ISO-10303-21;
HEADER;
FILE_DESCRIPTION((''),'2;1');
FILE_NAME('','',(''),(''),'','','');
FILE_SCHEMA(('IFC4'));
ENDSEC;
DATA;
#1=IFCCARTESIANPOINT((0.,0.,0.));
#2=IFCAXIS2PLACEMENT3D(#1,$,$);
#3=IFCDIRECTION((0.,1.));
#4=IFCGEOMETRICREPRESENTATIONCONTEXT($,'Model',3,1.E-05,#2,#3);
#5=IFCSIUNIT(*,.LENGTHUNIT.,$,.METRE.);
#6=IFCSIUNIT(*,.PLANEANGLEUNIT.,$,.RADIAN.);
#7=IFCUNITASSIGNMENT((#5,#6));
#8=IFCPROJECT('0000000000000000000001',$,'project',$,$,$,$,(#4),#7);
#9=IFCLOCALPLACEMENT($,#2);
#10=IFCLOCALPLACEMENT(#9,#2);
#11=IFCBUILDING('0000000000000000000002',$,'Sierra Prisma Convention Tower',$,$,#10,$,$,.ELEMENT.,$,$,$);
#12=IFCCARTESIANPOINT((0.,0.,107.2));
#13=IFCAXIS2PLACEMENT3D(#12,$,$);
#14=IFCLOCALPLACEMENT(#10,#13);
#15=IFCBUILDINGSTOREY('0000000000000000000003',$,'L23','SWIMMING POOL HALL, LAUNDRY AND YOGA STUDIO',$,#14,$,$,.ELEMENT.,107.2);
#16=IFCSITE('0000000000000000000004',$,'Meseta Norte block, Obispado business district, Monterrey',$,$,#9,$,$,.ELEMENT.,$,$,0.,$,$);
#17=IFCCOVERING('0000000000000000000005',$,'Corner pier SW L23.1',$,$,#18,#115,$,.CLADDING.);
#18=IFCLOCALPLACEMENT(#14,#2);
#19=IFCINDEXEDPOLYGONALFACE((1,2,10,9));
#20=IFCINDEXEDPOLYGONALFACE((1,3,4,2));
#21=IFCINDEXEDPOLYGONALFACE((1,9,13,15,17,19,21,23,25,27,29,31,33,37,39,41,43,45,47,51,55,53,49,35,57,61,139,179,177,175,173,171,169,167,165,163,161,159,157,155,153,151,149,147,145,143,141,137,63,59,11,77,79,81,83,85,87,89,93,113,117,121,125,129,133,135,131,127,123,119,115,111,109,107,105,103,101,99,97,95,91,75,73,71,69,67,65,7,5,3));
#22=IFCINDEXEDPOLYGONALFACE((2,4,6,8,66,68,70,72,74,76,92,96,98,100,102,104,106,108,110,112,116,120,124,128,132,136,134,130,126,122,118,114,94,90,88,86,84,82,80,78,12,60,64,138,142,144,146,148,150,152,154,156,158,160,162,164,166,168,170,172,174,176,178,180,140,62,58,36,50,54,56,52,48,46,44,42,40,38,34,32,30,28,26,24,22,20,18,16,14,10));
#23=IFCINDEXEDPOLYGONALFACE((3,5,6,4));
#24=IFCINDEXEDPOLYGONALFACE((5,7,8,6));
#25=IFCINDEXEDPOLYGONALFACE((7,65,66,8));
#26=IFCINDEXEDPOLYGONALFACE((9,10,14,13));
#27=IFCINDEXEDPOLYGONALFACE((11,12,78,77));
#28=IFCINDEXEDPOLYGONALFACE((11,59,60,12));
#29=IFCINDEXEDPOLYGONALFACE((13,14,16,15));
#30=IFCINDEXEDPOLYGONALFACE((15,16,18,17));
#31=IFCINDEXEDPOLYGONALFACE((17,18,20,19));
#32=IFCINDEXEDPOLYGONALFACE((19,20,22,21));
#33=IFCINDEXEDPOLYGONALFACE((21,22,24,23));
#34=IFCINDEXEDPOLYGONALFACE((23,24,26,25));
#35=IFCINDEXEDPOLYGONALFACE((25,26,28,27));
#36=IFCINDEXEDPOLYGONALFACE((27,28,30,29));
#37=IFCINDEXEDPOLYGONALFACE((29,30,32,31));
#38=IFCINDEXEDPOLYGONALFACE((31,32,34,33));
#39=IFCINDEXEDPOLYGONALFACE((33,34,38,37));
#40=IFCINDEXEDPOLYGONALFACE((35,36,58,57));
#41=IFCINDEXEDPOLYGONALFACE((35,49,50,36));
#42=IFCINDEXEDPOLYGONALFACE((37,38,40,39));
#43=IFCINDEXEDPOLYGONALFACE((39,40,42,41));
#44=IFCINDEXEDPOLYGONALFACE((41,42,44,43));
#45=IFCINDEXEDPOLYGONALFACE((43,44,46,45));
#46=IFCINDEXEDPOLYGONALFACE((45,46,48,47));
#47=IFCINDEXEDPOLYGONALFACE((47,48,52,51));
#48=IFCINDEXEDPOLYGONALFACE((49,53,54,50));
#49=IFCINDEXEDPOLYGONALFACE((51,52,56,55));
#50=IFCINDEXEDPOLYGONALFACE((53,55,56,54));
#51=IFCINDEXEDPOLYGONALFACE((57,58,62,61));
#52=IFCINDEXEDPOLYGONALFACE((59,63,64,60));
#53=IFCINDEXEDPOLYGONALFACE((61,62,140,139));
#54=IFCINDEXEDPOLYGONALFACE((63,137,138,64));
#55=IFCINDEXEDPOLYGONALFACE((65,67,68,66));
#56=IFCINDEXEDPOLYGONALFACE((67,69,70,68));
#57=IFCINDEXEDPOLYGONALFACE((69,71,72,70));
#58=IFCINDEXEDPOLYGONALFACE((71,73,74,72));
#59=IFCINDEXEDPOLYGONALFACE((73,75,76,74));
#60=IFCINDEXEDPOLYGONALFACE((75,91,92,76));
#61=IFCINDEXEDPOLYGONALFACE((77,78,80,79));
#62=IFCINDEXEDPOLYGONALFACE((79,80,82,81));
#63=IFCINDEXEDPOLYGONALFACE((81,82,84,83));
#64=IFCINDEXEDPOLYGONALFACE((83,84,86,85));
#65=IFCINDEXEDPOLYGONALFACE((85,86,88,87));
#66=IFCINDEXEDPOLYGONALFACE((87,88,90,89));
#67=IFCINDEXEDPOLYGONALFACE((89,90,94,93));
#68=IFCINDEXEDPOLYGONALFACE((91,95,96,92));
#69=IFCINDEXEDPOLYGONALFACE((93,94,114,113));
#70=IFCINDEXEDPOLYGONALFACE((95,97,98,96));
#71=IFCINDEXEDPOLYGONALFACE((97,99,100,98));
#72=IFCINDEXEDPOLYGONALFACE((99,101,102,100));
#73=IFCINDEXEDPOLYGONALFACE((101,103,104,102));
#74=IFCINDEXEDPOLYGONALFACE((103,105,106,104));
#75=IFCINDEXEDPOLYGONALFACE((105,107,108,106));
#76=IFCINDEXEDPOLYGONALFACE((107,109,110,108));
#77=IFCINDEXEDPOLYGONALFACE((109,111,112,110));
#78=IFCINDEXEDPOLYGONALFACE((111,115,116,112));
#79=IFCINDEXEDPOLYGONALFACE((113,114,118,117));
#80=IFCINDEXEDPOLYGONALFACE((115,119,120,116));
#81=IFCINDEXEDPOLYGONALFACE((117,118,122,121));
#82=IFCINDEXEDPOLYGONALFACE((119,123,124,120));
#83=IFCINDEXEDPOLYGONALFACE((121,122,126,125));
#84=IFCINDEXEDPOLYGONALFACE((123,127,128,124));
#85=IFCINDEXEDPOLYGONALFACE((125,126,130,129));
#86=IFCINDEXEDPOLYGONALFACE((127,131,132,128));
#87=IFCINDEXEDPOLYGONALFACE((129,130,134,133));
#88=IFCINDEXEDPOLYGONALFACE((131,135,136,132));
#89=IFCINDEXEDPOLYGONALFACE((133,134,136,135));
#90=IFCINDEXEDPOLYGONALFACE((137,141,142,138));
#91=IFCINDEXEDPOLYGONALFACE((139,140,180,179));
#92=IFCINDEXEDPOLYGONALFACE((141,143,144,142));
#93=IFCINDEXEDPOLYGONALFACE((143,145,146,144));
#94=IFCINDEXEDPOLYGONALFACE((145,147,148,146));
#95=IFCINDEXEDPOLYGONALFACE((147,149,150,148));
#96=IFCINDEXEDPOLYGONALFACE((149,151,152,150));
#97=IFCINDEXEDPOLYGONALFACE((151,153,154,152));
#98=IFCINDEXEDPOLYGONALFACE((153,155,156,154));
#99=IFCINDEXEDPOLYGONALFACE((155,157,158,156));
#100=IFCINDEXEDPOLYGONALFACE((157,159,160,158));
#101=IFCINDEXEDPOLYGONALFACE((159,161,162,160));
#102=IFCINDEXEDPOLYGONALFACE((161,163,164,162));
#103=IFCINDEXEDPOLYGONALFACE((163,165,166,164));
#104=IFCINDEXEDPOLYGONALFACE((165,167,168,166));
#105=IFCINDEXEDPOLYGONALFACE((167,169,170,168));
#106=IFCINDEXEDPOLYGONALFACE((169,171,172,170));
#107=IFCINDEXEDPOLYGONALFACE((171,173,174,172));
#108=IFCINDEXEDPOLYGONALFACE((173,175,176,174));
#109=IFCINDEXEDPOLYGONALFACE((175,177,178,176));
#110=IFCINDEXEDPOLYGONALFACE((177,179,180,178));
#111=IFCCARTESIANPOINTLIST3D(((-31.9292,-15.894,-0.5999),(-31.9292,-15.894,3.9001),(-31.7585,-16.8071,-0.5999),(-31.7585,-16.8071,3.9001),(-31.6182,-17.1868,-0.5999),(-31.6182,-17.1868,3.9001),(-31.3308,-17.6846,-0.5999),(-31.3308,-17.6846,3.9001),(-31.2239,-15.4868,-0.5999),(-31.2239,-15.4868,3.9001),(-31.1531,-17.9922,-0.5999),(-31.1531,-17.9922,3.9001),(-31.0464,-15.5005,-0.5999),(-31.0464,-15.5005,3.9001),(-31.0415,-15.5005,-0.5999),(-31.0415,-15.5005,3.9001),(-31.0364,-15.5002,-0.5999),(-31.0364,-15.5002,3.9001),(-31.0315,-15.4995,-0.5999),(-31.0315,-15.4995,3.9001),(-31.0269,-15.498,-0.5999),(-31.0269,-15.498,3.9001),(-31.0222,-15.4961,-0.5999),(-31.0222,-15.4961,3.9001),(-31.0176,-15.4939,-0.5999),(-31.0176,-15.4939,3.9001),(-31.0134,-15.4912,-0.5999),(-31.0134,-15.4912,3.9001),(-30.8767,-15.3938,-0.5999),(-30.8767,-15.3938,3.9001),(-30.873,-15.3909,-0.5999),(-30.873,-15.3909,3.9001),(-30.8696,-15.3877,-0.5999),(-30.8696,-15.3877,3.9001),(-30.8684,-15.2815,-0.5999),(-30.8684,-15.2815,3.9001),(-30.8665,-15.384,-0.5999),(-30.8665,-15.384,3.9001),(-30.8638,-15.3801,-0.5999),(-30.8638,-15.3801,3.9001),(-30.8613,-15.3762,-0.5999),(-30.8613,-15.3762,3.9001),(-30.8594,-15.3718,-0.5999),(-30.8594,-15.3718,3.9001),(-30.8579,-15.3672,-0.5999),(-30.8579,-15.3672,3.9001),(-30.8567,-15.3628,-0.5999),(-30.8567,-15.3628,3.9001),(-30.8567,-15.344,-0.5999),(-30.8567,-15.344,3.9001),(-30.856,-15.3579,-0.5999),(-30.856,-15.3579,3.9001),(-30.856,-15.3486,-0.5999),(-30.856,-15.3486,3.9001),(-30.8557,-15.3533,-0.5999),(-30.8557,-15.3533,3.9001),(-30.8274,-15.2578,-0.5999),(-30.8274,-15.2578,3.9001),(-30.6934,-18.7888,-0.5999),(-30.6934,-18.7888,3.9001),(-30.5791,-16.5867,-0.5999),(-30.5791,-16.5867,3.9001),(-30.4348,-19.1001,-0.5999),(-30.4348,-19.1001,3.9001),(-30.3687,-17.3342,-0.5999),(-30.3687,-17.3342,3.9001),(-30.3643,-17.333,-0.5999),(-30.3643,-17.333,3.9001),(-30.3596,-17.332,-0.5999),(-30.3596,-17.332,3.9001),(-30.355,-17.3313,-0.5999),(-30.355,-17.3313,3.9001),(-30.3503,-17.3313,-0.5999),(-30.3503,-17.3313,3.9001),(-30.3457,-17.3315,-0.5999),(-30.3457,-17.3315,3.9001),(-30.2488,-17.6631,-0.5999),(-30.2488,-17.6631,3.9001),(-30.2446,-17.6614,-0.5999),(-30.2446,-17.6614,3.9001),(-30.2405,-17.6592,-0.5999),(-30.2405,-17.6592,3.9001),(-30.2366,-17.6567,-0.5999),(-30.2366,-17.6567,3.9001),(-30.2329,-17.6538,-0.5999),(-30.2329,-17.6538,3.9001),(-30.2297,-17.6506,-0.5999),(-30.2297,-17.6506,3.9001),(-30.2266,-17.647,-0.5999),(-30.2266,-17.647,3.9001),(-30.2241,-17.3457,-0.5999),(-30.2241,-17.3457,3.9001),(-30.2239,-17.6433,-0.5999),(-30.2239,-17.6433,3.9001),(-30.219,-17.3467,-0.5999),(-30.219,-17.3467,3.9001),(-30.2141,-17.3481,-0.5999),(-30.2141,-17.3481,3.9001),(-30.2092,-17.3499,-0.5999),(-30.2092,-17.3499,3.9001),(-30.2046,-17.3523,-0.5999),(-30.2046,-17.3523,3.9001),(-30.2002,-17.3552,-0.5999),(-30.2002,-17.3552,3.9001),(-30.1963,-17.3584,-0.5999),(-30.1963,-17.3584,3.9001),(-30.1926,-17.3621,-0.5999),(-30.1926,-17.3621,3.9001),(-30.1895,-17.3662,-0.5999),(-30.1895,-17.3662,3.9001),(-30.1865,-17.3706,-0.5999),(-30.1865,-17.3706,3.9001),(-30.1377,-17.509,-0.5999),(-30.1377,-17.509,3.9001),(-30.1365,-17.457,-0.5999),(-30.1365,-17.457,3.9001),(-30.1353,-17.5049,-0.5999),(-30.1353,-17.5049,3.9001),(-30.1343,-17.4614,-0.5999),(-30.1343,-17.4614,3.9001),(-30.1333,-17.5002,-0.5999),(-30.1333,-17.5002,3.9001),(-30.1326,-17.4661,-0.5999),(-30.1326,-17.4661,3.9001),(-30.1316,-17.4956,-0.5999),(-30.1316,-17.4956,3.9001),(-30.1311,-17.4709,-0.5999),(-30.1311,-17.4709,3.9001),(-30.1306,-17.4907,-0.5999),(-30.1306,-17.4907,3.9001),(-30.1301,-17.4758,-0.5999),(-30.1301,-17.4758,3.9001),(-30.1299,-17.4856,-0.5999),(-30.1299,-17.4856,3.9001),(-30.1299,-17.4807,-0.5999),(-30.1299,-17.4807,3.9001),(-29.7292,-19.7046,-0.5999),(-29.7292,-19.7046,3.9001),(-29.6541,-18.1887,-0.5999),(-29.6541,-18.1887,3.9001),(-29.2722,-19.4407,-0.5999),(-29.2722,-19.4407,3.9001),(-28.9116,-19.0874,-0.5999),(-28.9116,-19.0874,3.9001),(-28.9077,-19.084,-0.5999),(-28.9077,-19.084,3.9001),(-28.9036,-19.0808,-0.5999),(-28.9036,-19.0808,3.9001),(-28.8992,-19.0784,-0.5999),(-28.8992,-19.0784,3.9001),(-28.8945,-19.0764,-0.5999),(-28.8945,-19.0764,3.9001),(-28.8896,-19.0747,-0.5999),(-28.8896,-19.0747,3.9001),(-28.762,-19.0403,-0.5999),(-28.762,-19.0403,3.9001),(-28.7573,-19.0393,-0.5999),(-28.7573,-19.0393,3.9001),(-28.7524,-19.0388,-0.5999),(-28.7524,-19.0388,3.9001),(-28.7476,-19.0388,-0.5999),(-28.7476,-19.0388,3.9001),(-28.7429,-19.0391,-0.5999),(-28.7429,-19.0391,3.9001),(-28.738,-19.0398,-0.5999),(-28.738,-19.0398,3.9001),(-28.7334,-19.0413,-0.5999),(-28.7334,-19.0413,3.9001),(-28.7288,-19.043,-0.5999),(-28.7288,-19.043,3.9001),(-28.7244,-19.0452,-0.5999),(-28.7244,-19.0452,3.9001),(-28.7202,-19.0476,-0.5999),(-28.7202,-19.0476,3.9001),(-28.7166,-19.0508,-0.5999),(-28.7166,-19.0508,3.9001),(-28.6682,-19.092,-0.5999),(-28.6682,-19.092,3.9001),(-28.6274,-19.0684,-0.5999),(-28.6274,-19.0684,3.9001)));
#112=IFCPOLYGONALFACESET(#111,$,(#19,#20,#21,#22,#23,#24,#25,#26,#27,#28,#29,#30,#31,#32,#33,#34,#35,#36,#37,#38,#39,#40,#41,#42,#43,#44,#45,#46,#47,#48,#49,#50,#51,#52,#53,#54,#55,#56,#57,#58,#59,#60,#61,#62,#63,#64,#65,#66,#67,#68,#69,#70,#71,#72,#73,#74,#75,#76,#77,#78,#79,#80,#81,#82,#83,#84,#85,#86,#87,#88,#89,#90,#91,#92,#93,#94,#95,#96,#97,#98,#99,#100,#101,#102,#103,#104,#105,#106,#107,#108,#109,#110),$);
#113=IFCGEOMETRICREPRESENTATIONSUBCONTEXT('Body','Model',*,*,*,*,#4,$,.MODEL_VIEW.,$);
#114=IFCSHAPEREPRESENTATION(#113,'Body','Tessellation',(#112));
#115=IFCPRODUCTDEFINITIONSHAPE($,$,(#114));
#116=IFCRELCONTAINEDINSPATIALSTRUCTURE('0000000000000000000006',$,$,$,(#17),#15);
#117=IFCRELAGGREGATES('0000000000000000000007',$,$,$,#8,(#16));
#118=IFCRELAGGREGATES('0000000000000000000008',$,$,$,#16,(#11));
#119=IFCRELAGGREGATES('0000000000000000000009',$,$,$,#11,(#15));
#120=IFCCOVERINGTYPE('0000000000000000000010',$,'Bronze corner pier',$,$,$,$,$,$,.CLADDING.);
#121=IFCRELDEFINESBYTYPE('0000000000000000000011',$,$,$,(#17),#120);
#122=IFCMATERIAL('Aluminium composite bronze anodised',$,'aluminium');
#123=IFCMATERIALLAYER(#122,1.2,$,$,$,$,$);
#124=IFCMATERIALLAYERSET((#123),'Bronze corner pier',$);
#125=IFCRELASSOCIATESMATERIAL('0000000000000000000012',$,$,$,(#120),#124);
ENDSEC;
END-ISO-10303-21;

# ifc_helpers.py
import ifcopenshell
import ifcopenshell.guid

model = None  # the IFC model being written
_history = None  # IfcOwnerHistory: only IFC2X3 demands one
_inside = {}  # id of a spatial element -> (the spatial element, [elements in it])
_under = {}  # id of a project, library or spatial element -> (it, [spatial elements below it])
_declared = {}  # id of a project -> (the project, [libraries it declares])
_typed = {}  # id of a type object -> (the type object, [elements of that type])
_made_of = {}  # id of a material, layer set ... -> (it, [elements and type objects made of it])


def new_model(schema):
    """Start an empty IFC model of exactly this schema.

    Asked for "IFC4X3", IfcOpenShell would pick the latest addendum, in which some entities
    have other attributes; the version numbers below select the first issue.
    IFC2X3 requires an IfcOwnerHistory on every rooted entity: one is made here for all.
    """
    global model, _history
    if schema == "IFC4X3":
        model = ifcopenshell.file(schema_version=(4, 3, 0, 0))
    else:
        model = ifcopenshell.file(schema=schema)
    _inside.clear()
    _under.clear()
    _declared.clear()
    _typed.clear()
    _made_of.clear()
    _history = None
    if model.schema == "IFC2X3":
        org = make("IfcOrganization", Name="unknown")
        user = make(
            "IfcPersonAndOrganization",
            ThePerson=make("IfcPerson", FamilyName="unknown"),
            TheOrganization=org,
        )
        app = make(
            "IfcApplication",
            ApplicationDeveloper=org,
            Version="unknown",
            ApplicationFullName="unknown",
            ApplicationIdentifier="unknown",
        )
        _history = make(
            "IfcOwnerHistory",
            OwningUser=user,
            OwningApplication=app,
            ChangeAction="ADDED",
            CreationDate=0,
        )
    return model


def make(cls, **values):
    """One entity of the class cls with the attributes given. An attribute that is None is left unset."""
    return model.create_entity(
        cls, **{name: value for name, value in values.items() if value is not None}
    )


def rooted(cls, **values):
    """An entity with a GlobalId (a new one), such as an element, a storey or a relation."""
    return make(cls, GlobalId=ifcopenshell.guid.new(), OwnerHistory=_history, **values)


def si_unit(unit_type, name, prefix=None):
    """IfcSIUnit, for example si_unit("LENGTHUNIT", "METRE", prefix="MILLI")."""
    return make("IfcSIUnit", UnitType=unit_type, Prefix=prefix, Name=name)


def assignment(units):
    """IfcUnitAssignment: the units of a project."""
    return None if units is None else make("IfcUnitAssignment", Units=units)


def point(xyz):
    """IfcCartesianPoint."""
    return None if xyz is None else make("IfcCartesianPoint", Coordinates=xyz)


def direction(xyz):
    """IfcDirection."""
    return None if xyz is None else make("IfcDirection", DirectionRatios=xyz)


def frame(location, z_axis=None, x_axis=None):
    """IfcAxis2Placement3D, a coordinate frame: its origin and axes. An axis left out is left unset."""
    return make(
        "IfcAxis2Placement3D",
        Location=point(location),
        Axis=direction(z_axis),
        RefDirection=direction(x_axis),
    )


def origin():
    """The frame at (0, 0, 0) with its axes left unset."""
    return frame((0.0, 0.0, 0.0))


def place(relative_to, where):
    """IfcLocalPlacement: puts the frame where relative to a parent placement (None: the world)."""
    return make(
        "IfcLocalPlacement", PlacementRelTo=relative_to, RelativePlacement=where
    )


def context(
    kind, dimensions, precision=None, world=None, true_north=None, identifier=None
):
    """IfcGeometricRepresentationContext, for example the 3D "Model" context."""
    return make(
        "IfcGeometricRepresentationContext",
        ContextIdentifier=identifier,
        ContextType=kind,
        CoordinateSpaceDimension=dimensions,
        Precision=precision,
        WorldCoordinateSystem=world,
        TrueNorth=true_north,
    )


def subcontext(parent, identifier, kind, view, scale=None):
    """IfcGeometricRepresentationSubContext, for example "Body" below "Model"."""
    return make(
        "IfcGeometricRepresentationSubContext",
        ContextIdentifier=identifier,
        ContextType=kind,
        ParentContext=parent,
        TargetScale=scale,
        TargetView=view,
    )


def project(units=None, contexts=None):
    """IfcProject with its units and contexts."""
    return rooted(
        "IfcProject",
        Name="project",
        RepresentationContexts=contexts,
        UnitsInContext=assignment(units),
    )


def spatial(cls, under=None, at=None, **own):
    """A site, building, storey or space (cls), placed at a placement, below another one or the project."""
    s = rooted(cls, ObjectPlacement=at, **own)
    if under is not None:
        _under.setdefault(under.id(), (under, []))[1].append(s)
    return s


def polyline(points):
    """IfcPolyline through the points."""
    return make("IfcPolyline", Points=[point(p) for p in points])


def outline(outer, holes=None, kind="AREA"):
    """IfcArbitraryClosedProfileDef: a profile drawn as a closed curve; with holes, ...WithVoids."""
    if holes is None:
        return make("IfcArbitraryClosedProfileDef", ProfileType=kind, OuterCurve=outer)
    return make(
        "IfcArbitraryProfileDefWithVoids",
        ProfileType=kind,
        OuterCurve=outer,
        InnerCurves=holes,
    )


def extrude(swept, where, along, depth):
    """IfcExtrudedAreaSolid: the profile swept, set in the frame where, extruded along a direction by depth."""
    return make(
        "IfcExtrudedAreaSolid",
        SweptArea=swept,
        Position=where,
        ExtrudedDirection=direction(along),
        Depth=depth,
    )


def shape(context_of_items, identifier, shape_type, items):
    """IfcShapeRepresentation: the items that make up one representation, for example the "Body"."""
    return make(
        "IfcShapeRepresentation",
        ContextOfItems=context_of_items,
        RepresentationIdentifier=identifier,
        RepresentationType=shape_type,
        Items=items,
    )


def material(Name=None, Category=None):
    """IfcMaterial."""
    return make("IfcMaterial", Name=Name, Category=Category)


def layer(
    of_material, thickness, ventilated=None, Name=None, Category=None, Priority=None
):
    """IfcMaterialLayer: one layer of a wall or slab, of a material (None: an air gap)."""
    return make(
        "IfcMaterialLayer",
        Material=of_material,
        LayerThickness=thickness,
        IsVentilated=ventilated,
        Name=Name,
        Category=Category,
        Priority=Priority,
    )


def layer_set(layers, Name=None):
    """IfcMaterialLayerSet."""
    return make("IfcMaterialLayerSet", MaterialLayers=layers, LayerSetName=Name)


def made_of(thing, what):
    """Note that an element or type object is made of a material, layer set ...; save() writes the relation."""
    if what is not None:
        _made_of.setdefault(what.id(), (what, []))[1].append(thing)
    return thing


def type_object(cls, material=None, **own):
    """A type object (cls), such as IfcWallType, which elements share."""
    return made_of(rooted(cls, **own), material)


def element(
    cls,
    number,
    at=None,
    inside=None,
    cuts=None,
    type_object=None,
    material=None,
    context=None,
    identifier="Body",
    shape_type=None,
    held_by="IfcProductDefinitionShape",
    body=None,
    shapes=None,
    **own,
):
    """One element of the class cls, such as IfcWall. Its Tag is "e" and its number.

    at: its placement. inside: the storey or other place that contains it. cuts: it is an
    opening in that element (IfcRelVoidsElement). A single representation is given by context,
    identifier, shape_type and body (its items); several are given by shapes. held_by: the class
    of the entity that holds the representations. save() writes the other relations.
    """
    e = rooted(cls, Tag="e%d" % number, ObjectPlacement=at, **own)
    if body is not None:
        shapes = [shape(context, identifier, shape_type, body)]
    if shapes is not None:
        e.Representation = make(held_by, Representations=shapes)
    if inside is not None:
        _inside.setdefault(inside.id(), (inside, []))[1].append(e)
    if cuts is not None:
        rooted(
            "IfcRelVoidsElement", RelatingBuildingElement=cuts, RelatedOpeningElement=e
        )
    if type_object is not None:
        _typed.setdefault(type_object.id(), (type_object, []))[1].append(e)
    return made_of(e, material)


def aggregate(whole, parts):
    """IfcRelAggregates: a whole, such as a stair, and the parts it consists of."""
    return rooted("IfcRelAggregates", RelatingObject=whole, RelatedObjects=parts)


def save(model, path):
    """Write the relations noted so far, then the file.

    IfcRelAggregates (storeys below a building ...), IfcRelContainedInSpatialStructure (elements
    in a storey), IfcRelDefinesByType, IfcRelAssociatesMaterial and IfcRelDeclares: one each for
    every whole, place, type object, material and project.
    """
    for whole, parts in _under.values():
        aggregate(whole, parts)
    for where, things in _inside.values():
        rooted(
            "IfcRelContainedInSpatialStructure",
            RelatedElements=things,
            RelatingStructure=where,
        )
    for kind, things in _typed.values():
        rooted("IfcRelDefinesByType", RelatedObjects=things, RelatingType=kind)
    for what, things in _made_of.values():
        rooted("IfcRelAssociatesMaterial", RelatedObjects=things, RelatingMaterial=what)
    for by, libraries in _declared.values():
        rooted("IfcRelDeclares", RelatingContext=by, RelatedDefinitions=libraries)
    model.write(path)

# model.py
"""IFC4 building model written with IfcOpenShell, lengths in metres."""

from ifc_helpers import new_model, si_unit, direction, frame, origin, place, context, subcontext, project, spatial, polyline, outline, extrude, material, layer, layer_set, type_object, element, save


model = new_model("IFC4")

# Units and contexts
model_context = context("Model", 3, precision=1e-05, world=origin(), true_north=direction((0.0, 1.0)))
body_context = subcontext(model_context, "Body", "Model", "MODEL_VIEW")
ifc_project = project(units=[si_unit("LENGTHUNIT", "METRE"), si_unit("PLANEANGLEUNIT", "RADIAN")], contexts=[model_context])

# Site, building, storey
site_placement = place(None, origin())
site = spatial("IfcSite", under=ifc_project, at=site_placement, Name="Meseta Norte block, Obispado business district, Monterrey", CompositionType="ELEMENT", RefElevation=0.0)
building_placement = place(site_placement, origin())
building = spatial("IfcBuilding", under=site, at=building_placement, Name="Sierra Prisma Convention Tower", CompositionType="ELEMENT")
storey_placement = place(building_placement, frame((0.0, 0.0, 107.2)))
storey = spatial("IfcBuildingStorey", under=building, at=storey_placement, Name="L23", Description="SWIMMING POOL HALL, LAUNDRY AND YOGA STUDIO", CompositionType="ELEMENT", Elevation=107.2)

# Covering
ifc_material_1 = material(Name="Aluminium composite bronze anodised", Category="aluminium")
ifc_layer_1 = layer(ifc_material_1, 1.2)
ifc_layer_set_1 = layer_set([ifc_layer_1], Name="Bronze corner pier")
covering_type = type_object("IfcCoveringType", Name="Bronze corner pier", PredefinedType="CLADDING", material=ifc_layer_set_1)
covering_placement = place(storey_placement, frame((0.0, 0.0, -0.5999)))
element("IfcCovering", 1, at=covering_placement, inside=storey, type_object=covering_type, Name="Corner pier SW L23.1", PredefinedType="CLADDING", context=body_context, shape_type="SweptSolid", body=[
    extrude(outline(polyline([(-28.6274, -19.0684), (-28.6682, -19.092), (-28.7166, -19.0508), (-28.7202, -19.0476), (-28.7244, -19.0452), (-28.7288, -19.043), (-28.7334, -19.0413), (-28.738, -19.0398), (-28.7429, -19.0391), (-28.7476, -19.0388), (-28.7524, -19.0388), (-28.7573, -19.0393), (-28.762, -19.0403), (-28.8896, -19.0747), (-28.8945, -19.0764), (-28.8992, -19.0784), (-28.9036, -19.0808), (-28.9077, -19.084), (-28.9116, -19.0874), (-29.2722, -19.4407), (-29.7292, -19.7046), (-30.4348, -19.1001), (-30.6934, -18.7888), (-31.1531, -17.9922), (-30.2488, -17.6631), (-30.2446, -17.6614), (-30.2405, -17.6592), (-30.2366, -17.6567), (-30.2329, -17.6538), (-30.2297, -17.6506), (-30.2266, -17.647), (-30.2239, -17.6433), (-30.1377, -17.509), (-30.1353, -17.5049), (-30.1333, -17.5002), (-30.1316, -17.4956), (-30.1306, -17.4907), (-30.1299, -17.4856), (-30.1299, -17.4807), (-30.1301, -17.4758), (-30.1311, -17.4709), (-30.1326, -17.4661), (-30.1343, -17.4614), (-30.1365, -17.457), (-30.1865, -17.3706), (-30.1895, -17.3662), (-30.1926, -17.3621), (-30.1963, -17.3584), (-30.2002, -17.3552), (-30.2046, -17.3523), (-30.2092, -17.3499), (-30.2141, -17.3481), (-30.219, -17.3467), (-30.2241, -17.3457), (-30.3457, -17.3315), (-30.3503, -17.3313), (-30.355, -17.3313), (-30.3596, -17.332), (-30.3643, -17.333), (-30.3687, -17.3342), (-31.3308, -17.6846), (-31.6182, -17.1868), (-31.7585, -16.8071), (-31.9292, -15.894), (-31.2239, -15.4868), (-31.0464, -15.5005), (-31.0415, -15.5005), (-31.0364, -15.5002), (-31.0315, -15.4995), (-31.0269, -15.498), (-31.0222, -15.4961), (-31.0176, -15.4939), (-31.0134, -15.4912), (-30.8767, -15.3938), (-30.873, -15.3909), (-30.8696, -15.3877), (-30.8665, -15.384), (-30.8638, -15.3801), (-30.8613, -15.3762), (-30.8594, -15.3718), (-30.8579, -15.3672), (-30.8567, -15.3628), (-30.856, -15.3579), (-30.8557, -15.3533), (-30.856, -15.3486), (-30.8567, -15.344), (-30.8684, -15.2815), (-30.8274, -15.2578), (-30.5791, -16.5867), (-29.6541, -18.1887), (-28.6274, -19.0684)])), origin(), (0.0, 0.0, 1.0), 4.5),
])

save(model, "model.ifc")
